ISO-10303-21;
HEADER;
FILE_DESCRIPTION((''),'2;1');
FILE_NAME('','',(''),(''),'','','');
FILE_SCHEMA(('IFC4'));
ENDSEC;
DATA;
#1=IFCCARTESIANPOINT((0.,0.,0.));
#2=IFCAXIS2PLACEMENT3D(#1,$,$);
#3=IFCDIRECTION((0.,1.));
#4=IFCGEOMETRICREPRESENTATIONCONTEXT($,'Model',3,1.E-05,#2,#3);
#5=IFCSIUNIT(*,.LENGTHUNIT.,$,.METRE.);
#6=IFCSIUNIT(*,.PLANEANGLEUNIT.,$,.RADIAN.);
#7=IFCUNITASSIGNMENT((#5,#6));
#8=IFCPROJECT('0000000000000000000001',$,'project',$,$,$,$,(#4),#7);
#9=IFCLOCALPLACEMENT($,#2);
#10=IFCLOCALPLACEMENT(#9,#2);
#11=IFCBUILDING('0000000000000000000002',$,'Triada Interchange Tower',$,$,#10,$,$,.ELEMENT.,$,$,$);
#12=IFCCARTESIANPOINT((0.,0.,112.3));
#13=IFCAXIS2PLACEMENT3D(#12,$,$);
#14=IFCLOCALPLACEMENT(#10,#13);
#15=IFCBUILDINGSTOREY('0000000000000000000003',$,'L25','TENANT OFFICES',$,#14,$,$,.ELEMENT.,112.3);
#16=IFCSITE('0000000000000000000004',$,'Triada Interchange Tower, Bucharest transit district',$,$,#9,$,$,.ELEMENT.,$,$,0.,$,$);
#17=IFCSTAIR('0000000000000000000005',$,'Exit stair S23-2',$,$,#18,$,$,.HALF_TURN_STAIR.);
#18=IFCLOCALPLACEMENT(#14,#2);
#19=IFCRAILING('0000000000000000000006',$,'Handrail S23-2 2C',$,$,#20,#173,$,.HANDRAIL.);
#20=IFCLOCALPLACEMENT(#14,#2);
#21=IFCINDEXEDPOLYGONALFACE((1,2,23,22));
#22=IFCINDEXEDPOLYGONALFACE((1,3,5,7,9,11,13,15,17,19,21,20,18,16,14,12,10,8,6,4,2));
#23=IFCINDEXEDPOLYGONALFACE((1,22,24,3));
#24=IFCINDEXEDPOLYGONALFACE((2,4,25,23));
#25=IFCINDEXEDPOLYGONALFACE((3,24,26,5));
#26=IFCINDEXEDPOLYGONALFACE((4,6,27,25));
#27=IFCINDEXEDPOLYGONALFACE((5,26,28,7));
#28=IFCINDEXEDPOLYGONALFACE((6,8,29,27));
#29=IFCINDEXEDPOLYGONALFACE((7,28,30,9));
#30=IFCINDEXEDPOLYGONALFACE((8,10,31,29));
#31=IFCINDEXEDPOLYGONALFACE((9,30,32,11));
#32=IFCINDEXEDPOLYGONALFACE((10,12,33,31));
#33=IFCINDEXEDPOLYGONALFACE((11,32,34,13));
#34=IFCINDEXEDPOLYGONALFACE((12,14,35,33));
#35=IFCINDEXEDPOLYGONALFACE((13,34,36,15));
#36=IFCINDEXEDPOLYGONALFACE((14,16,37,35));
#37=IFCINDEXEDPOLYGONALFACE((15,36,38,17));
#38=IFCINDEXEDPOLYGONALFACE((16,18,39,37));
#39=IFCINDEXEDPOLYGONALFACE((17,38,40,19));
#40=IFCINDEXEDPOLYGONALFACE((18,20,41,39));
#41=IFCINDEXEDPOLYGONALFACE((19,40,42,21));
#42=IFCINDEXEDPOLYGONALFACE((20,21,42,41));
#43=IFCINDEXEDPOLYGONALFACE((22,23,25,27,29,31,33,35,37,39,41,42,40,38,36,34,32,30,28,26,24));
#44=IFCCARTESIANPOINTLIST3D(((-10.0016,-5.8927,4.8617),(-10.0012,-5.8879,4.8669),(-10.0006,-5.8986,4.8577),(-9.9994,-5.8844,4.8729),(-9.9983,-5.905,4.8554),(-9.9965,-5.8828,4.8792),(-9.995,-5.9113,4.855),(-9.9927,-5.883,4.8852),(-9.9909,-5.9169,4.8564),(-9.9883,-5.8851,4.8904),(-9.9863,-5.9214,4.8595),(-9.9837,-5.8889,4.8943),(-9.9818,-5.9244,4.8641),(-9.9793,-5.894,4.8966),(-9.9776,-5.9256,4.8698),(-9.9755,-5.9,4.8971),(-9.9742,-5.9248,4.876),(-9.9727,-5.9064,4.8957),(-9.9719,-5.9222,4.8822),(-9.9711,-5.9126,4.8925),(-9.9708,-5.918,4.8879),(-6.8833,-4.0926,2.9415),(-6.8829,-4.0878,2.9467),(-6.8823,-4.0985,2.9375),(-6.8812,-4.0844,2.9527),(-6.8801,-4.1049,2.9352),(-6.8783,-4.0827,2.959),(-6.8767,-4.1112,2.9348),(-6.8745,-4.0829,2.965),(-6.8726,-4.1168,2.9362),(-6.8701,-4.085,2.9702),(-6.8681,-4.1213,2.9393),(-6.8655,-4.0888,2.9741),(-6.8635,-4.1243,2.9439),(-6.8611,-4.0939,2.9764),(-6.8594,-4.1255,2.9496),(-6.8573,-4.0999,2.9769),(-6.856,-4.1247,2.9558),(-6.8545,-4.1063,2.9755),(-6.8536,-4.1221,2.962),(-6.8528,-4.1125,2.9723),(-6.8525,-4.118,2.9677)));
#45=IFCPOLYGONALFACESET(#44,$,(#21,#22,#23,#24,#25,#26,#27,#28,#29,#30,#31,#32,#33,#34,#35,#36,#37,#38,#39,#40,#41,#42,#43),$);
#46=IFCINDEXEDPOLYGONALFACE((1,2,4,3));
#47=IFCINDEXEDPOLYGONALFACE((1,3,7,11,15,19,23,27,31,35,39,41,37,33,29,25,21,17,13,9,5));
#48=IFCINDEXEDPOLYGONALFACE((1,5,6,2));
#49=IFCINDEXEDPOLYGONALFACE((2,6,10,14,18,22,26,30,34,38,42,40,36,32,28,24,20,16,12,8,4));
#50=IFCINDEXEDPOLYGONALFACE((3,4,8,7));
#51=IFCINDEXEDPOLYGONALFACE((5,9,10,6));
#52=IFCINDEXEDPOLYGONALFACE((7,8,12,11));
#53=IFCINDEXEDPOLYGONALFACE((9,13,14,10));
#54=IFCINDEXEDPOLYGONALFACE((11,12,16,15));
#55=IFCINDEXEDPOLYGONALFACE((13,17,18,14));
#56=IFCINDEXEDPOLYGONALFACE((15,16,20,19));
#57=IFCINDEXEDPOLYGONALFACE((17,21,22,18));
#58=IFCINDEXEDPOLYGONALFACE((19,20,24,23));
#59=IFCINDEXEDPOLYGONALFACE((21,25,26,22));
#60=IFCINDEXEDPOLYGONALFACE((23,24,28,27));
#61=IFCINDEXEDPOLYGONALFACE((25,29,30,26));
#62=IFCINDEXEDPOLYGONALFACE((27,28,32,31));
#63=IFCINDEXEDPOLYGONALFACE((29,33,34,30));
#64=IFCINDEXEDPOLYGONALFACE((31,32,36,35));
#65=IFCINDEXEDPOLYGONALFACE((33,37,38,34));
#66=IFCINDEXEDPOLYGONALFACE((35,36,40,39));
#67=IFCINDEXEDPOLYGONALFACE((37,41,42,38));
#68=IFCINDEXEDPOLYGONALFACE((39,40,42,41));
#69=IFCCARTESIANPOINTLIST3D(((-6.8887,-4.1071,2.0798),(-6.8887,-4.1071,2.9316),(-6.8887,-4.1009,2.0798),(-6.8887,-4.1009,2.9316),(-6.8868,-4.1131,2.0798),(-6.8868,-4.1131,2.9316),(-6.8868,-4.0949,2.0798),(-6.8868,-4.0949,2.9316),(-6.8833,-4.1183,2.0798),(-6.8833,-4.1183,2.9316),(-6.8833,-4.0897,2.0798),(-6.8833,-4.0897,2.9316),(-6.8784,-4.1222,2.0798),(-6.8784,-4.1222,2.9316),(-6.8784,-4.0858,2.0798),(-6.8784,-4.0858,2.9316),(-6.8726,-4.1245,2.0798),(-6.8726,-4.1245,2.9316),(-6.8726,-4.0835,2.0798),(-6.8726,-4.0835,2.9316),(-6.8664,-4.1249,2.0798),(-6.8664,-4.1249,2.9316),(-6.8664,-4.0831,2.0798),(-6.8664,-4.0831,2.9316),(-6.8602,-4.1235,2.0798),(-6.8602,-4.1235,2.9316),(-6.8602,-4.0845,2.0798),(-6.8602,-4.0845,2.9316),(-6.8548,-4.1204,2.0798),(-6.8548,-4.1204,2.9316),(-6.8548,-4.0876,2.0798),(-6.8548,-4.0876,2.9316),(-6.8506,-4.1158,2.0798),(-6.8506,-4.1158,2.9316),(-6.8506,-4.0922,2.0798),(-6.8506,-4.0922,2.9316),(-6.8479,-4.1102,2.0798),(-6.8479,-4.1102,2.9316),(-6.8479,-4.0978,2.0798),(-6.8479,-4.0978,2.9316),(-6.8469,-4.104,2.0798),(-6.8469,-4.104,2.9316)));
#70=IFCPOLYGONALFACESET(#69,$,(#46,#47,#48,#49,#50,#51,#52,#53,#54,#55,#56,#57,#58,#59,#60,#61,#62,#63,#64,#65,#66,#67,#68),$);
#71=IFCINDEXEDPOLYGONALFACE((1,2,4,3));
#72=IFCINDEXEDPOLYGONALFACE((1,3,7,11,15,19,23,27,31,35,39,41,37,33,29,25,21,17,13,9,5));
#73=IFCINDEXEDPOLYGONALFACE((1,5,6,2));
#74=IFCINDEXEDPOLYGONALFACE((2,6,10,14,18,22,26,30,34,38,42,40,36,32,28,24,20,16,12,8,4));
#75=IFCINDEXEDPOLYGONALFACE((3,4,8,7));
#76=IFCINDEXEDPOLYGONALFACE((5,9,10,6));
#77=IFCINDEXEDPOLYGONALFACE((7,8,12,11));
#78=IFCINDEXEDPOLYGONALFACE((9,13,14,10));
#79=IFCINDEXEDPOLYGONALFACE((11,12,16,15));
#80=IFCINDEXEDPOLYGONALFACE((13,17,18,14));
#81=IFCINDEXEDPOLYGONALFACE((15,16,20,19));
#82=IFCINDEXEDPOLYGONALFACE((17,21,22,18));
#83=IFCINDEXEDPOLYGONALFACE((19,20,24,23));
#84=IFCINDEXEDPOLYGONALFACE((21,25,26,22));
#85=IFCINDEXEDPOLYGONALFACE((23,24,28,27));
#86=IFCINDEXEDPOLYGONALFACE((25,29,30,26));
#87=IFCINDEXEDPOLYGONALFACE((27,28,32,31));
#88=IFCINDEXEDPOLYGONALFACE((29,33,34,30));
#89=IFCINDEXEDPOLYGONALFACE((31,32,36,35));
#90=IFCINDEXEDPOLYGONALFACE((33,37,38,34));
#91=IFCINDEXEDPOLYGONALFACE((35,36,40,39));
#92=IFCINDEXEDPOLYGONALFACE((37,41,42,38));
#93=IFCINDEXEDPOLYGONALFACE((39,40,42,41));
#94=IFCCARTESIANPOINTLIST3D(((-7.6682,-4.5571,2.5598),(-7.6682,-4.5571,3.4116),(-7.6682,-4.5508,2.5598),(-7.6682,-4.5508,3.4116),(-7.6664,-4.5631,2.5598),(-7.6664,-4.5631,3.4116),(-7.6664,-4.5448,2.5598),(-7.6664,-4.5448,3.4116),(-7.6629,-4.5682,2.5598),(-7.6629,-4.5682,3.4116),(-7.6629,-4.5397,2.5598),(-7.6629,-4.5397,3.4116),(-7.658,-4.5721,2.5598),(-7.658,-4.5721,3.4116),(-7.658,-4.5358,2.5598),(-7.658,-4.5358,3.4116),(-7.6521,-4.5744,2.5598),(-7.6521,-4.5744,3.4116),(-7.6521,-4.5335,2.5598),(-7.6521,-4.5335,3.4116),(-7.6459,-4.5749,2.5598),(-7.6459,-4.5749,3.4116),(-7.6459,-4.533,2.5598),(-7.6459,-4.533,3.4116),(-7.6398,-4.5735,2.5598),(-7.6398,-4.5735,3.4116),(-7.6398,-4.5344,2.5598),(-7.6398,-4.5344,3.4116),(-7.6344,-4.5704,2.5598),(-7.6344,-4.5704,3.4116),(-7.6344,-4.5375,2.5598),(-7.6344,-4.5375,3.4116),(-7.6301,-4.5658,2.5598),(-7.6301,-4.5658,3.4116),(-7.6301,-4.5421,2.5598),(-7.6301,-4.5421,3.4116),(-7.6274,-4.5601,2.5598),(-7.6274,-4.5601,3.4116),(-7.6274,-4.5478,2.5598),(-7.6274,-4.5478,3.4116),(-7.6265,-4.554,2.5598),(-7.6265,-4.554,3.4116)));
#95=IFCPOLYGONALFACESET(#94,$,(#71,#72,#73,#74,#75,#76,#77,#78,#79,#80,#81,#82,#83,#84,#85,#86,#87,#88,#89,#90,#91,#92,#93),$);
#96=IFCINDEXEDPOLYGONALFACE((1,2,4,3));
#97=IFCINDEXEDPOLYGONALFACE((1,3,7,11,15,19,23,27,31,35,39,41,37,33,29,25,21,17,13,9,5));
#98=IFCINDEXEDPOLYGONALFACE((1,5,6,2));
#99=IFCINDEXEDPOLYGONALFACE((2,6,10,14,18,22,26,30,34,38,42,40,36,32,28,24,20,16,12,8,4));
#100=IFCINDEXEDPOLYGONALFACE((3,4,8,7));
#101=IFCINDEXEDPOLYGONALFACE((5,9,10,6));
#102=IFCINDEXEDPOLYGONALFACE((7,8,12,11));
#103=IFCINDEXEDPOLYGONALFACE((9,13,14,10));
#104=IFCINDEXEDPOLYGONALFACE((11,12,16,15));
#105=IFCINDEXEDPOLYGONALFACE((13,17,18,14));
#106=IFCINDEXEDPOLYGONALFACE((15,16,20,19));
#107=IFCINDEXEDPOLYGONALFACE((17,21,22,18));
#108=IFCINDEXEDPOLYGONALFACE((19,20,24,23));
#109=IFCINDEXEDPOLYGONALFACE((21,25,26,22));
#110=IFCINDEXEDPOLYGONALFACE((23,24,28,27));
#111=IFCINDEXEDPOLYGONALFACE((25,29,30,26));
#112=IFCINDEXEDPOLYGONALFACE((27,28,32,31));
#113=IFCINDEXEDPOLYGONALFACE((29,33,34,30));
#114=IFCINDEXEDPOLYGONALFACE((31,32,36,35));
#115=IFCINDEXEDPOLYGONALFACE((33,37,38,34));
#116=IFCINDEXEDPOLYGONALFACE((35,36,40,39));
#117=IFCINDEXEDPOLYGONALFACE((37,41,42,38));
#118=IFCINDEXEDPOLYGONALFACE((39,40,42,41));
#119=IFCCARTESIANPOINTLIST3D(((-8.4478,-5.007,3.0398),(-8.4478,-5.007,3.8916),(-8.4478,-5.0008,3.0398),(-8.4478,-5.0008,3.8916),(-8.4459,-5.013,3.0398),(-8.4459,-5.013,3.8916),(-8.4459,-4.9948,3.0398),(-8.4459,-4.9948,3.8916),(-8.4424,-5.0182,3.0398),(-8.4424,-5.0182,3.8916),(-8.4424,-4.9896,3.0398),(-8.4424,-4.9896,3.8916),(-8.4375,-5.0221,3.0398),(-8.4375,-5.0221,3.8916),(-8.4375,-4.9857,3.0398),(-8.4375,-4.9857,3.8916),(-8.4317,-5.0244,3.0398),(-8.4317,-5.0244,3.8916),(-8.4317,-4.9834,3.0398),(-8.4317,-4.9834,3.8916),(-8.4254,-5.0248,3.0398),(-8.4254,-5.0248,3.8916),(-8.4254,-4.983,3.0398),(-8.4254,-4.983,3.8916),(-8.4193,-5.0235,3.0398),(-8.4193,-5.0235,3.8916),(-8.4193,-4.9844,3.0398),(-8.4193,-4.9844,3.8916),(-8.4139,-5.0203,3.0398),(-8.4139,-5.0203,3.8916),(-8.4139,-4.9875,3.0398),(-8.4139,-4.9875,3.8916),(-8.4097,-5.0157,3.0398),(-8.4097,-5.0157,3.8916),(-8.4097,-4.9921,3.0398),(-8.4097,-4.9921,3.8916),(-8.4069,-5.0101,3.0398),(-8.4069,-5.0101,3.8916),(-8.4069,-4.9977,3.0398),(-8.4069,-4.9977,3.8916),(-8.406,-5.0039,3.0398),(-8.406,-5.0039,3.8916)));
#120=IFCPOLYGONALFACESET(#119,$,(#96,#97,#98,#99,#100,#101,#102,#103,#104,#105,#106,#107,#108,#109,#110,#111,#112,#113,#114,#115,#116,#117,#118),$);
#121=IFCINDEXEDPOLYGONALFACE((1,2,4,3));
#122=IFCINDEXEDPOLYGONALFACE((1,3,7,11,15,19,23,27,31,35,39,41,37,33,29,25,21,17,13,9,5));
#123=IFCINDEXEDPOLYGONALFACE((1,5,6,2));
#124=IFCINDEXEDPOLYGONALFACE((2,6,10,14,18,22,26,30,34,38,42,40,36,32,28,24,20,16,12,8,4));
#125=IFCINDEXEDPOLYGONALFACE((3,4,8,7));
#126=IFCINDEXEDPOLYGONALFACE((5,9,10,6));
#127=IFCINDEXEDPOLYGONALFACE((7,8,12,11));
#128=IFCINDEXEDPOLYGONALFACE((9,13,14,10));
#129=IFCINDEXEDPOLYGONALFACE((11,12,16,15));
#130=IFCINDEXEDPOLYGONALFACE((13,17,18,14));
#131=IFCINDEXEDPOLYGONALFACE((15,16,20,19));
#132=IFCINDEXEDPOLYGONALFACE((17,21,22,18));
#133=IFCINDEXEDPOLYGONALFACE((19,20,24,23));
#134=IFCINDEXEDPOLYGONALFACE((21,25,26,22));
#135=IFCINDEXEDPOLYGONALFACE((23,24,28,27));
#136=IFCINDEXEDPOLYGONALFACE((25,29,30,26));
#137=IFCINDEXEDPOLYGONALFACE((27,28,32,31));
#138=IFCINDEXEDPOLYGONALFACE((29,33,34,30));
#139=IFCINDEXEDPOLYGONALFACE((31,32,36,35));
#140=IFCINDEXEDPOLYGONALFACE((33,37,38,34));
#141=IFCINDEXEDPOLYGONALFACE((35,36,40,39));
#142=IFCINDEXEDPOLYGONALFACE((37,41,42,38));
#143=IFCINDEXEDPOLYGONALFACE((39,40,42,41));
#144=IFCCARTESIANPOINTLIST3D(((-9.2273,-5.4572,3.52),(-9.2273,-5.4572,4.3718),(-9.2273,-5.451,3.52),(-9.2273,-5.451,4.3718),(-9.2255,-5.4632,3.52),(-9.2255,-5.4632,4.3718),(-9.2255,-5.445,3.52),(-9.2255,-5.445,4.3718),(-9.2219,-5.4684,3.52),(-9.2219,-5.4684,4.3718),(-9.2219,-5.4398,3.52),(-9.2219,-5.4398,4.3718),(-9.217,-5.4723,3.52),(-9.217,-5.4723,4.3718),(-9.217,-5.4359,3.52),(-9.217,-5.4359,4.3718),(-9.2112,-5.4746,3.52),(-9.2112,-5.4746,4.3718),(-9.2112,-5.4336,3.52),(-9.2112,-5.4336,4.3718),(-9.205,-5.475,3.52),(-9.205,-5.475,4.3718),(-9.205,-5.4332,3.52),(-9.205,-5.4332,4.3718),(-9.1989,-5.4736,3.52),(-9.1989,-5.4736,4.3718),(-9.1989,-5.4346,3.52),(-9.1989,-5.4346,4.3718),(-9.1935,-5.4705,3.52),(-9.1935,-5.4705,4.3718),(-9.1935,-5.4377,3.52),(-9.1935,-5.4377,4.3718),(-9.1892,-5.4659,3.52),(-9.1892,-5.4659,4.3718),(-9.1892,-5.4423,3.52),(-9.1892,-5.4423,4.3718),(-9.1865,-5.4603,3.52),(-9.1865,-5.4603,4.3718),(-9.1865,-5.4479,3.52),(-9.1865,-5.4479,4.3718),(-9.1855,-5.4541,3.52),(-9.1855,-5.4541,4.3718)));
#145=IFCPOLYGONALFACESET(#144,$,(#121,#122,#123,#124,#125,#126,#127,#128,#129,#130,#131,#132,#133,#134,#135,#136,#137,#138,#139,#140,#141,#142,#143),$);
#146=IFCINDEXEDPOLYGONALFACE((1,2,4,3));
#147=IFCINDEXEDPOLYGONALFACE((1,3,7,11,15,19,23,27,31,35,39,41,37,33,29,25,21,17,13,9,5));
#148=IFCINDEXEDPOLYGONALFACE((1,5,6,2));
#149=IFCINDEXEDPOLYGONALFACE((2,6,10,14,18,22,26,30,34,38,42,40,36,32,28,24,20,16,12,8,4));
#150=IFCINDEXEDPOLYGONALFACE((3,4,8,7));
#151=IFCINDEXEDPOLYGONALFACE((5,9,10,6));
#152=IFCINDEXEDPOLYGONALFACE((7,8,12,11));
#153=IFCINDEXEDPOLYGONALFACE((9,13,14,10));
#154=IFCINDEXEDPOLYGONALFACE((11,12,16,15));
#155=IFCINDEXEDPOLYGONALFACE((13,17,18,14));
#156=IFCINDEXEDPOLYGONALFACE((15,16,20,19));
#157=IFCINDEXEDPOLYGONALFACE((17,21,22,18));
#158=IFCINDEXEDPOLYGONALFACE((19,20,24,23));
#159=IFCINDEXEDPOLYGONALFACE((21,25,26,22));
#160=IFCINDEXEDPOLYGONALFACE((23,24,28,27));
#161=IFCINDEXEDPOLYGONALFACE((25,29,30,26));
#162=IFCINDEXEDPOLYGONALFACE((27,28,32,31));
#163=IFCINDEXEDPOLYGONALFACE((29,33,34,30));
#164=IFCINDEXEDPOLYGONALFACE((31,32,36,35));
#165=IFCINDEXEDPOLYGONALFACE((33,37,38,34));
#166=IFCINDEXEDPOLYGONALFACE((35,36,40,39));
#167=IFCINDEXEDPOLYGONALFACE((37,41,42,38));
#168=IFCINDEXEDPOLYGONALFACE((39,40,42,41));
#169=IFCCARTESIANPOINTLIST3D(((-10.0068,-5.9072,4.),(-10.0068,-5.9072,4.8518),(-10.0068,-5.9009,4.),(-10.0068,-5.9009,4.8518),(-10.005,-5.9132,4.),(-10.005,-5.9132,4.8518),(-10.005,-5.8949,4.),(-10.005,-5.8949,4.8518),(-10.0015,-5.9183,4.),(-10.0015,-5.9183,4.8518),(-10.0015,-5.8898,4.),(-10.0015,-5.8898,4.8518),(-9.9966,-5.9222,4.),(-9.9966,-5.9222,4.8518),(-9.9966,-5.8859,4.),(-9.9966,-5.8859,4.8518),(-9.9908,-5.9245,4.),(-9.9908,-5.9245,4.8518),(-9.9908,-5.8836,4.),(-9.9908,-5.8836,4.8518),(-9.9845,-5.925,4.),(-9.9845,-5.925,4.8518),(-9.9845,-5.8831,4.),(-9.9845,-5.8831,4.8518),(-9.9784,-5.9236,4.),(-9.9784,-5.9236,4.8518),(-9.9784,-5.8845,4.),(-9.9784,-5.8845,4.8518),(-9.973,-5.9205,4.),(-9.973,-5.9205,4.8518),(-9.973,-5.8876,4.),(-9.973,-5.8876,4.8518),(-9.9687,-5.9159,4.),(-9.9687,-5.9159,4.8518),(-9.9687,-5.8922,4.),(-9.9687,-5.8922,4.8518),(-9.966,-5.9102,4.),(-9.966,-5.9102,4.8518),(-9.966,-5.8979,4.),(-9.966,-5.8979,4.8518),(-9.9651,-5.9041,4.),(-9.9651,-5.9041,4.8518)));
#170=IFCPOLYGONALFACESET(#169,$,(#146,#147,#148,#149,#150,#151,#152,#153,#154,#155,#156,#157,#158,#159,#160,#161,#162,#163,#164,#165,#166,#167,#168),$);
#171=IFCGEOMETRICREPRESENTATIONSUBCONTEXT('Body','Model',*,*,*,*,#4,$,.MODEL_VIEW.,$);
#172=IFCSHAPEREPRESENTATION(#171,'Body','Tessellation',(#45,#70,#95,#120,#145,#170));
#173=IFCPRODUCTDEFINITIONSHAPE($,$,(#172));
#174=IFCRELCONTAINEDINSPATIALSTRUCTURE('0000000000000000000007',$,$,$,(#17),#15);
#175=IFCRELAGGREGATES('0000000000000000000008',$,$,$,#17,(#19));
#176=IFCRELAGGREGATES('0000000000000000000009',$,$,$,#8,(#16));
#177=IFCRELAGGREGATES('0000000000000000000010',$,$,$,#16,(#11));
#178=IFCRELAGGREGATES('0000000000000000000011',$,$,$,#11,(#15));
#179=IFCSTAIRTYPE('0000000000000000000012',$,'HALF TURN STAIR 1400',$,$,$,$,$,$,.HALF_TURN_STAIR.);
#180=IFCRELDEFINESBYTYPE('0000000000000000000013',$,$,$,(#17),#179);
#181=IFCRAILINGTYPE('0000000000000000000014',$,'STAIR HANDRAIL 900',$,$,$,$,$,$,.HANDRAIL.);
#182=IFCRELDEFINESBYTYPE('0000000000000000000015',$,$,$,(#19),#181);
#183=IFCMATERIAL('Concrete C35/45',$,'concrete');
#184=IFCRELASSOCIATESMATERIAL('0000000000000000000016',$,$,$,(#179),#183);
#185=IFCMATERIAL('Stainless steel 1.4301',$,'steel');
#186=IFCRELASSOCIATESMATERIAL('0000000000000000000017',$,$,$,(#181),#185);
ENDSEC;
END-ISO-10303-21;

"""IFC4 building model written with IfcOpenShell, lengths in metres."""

from ifc_helpers import new_model, si_unit, direction, frame, origin, origin_2d, place, context, subcontext, project, spatial, circle, extrude, material, type_object, element, aggregate, save


model = new_model("IFC4")

# Units and contexts
model_context = context("Model", 3, precision=1e-05, world=origin(), true_north=direction((0.0, 1.0)))
body_context = subcontext(model_context, "Body", "Model", "MODEL_VIEW")
ifc_project = project(units=[si_unit("LENGTHUNIT", "METRE"), si_unit("PLANEANGLEUNIT", "RADIAN")], contexts=[model_context])

# Site, building, storey
site_placement = place(None, origin())
site = spatial("IfcSite", under=ifc_project, at=site_placement, Name="Triada Interchange Tower, Bucharest transit district", CompositionType="ELEMENT", RefElevation=0.0)
building_placement = place(site_placement, origin())
building = spatial("IfcBuilding", under=site, at=building_placement, Name="Triada Interchange Tower", CompositionType="ELEMENT")
storey_placement = place(building_placement, frame((0.0, 0.0, 112.3)))
storey = spatial("IfcBuildingStorey", under=building, at=storey_placement, Name="L25", Description="TENANT OFFICES", CompositionType="ELEMENT", Elevation=112.3)

# Stair, railing
ifc_material_1 = material(Name="Concrete C35/45", Category="concrete")
stair_type = type_object("IfcStairType", Name="HALF TURN STAIR 1400", PredefinedType="HALF_TURN_STAIR", material=ifc_material_1)
stair_placement = place(storey_placement, origin())
stair = element("IfcStair", 1, at=stair_placement, inside=storey, type_object=stair_type, Name="Exit stair S23-2", PredefinedType="HALF_TURN_STAIR")
ifc_material_2 = material(Name="Stainless steel 1.4301", Category="steel")
railing_type = type_object("IfcRailingType", Name="STAIR HANDRAIL 900", PredefinedType="HANDRAIL", material=ifc_material_2)
railing_1_placement = place(storey_placement, frame((-6.8679, -4.104, 2.0798)))
railing_1 = element("IfcRailing", 2, at=railing_1_placement, type_object=railing_type, Name="Handrail S23-2 2C", PredefinedType="HANDRAIL", context=body_context, shape_type="SweptSolid", body=[
    extrude(circle(Radius=0.0239, at=origin_2d()), frame((0.0, 0.0, 0.876), z_axis=(-0.76417, -0.441139, 0.470576), x_axis=(0.499953, -0.866052, 0.0)), (0.0, 0.0, 1.0), 4.0806),
    extrude(circle(Radius=0.021, at=origin_2d()), origin(), (0.0, 0.0, 1.0), 0.8518),
    extrude(circle(Radius=0.021, at=origin_2d()), frame((-0.7795, -0.45, 0.48)), (0.0, 0.0, 1.0), 0.8518),
    extrude(circle(Radius=0.021, at=origin_2d()), frame((-1.5591, -0.8999, 0.96)), (0.0, 0.0, 1.0), 0.8518),
    extrude(circle(Radius=0.021, at=origin_2d()), frame((-2.3386, -1.3501, 1.4402)), (0.0, 0.0, 1.0), 0.8518),
    extrude(circle(Radius=0.021, at=origin_2d()), frame((-3.1182, -1.8, 1.9202)), (0.0, 0.0, 1.0), 0.8518),
])
aggregate(stair, [railing_1])

save(model, "model.ifc")
